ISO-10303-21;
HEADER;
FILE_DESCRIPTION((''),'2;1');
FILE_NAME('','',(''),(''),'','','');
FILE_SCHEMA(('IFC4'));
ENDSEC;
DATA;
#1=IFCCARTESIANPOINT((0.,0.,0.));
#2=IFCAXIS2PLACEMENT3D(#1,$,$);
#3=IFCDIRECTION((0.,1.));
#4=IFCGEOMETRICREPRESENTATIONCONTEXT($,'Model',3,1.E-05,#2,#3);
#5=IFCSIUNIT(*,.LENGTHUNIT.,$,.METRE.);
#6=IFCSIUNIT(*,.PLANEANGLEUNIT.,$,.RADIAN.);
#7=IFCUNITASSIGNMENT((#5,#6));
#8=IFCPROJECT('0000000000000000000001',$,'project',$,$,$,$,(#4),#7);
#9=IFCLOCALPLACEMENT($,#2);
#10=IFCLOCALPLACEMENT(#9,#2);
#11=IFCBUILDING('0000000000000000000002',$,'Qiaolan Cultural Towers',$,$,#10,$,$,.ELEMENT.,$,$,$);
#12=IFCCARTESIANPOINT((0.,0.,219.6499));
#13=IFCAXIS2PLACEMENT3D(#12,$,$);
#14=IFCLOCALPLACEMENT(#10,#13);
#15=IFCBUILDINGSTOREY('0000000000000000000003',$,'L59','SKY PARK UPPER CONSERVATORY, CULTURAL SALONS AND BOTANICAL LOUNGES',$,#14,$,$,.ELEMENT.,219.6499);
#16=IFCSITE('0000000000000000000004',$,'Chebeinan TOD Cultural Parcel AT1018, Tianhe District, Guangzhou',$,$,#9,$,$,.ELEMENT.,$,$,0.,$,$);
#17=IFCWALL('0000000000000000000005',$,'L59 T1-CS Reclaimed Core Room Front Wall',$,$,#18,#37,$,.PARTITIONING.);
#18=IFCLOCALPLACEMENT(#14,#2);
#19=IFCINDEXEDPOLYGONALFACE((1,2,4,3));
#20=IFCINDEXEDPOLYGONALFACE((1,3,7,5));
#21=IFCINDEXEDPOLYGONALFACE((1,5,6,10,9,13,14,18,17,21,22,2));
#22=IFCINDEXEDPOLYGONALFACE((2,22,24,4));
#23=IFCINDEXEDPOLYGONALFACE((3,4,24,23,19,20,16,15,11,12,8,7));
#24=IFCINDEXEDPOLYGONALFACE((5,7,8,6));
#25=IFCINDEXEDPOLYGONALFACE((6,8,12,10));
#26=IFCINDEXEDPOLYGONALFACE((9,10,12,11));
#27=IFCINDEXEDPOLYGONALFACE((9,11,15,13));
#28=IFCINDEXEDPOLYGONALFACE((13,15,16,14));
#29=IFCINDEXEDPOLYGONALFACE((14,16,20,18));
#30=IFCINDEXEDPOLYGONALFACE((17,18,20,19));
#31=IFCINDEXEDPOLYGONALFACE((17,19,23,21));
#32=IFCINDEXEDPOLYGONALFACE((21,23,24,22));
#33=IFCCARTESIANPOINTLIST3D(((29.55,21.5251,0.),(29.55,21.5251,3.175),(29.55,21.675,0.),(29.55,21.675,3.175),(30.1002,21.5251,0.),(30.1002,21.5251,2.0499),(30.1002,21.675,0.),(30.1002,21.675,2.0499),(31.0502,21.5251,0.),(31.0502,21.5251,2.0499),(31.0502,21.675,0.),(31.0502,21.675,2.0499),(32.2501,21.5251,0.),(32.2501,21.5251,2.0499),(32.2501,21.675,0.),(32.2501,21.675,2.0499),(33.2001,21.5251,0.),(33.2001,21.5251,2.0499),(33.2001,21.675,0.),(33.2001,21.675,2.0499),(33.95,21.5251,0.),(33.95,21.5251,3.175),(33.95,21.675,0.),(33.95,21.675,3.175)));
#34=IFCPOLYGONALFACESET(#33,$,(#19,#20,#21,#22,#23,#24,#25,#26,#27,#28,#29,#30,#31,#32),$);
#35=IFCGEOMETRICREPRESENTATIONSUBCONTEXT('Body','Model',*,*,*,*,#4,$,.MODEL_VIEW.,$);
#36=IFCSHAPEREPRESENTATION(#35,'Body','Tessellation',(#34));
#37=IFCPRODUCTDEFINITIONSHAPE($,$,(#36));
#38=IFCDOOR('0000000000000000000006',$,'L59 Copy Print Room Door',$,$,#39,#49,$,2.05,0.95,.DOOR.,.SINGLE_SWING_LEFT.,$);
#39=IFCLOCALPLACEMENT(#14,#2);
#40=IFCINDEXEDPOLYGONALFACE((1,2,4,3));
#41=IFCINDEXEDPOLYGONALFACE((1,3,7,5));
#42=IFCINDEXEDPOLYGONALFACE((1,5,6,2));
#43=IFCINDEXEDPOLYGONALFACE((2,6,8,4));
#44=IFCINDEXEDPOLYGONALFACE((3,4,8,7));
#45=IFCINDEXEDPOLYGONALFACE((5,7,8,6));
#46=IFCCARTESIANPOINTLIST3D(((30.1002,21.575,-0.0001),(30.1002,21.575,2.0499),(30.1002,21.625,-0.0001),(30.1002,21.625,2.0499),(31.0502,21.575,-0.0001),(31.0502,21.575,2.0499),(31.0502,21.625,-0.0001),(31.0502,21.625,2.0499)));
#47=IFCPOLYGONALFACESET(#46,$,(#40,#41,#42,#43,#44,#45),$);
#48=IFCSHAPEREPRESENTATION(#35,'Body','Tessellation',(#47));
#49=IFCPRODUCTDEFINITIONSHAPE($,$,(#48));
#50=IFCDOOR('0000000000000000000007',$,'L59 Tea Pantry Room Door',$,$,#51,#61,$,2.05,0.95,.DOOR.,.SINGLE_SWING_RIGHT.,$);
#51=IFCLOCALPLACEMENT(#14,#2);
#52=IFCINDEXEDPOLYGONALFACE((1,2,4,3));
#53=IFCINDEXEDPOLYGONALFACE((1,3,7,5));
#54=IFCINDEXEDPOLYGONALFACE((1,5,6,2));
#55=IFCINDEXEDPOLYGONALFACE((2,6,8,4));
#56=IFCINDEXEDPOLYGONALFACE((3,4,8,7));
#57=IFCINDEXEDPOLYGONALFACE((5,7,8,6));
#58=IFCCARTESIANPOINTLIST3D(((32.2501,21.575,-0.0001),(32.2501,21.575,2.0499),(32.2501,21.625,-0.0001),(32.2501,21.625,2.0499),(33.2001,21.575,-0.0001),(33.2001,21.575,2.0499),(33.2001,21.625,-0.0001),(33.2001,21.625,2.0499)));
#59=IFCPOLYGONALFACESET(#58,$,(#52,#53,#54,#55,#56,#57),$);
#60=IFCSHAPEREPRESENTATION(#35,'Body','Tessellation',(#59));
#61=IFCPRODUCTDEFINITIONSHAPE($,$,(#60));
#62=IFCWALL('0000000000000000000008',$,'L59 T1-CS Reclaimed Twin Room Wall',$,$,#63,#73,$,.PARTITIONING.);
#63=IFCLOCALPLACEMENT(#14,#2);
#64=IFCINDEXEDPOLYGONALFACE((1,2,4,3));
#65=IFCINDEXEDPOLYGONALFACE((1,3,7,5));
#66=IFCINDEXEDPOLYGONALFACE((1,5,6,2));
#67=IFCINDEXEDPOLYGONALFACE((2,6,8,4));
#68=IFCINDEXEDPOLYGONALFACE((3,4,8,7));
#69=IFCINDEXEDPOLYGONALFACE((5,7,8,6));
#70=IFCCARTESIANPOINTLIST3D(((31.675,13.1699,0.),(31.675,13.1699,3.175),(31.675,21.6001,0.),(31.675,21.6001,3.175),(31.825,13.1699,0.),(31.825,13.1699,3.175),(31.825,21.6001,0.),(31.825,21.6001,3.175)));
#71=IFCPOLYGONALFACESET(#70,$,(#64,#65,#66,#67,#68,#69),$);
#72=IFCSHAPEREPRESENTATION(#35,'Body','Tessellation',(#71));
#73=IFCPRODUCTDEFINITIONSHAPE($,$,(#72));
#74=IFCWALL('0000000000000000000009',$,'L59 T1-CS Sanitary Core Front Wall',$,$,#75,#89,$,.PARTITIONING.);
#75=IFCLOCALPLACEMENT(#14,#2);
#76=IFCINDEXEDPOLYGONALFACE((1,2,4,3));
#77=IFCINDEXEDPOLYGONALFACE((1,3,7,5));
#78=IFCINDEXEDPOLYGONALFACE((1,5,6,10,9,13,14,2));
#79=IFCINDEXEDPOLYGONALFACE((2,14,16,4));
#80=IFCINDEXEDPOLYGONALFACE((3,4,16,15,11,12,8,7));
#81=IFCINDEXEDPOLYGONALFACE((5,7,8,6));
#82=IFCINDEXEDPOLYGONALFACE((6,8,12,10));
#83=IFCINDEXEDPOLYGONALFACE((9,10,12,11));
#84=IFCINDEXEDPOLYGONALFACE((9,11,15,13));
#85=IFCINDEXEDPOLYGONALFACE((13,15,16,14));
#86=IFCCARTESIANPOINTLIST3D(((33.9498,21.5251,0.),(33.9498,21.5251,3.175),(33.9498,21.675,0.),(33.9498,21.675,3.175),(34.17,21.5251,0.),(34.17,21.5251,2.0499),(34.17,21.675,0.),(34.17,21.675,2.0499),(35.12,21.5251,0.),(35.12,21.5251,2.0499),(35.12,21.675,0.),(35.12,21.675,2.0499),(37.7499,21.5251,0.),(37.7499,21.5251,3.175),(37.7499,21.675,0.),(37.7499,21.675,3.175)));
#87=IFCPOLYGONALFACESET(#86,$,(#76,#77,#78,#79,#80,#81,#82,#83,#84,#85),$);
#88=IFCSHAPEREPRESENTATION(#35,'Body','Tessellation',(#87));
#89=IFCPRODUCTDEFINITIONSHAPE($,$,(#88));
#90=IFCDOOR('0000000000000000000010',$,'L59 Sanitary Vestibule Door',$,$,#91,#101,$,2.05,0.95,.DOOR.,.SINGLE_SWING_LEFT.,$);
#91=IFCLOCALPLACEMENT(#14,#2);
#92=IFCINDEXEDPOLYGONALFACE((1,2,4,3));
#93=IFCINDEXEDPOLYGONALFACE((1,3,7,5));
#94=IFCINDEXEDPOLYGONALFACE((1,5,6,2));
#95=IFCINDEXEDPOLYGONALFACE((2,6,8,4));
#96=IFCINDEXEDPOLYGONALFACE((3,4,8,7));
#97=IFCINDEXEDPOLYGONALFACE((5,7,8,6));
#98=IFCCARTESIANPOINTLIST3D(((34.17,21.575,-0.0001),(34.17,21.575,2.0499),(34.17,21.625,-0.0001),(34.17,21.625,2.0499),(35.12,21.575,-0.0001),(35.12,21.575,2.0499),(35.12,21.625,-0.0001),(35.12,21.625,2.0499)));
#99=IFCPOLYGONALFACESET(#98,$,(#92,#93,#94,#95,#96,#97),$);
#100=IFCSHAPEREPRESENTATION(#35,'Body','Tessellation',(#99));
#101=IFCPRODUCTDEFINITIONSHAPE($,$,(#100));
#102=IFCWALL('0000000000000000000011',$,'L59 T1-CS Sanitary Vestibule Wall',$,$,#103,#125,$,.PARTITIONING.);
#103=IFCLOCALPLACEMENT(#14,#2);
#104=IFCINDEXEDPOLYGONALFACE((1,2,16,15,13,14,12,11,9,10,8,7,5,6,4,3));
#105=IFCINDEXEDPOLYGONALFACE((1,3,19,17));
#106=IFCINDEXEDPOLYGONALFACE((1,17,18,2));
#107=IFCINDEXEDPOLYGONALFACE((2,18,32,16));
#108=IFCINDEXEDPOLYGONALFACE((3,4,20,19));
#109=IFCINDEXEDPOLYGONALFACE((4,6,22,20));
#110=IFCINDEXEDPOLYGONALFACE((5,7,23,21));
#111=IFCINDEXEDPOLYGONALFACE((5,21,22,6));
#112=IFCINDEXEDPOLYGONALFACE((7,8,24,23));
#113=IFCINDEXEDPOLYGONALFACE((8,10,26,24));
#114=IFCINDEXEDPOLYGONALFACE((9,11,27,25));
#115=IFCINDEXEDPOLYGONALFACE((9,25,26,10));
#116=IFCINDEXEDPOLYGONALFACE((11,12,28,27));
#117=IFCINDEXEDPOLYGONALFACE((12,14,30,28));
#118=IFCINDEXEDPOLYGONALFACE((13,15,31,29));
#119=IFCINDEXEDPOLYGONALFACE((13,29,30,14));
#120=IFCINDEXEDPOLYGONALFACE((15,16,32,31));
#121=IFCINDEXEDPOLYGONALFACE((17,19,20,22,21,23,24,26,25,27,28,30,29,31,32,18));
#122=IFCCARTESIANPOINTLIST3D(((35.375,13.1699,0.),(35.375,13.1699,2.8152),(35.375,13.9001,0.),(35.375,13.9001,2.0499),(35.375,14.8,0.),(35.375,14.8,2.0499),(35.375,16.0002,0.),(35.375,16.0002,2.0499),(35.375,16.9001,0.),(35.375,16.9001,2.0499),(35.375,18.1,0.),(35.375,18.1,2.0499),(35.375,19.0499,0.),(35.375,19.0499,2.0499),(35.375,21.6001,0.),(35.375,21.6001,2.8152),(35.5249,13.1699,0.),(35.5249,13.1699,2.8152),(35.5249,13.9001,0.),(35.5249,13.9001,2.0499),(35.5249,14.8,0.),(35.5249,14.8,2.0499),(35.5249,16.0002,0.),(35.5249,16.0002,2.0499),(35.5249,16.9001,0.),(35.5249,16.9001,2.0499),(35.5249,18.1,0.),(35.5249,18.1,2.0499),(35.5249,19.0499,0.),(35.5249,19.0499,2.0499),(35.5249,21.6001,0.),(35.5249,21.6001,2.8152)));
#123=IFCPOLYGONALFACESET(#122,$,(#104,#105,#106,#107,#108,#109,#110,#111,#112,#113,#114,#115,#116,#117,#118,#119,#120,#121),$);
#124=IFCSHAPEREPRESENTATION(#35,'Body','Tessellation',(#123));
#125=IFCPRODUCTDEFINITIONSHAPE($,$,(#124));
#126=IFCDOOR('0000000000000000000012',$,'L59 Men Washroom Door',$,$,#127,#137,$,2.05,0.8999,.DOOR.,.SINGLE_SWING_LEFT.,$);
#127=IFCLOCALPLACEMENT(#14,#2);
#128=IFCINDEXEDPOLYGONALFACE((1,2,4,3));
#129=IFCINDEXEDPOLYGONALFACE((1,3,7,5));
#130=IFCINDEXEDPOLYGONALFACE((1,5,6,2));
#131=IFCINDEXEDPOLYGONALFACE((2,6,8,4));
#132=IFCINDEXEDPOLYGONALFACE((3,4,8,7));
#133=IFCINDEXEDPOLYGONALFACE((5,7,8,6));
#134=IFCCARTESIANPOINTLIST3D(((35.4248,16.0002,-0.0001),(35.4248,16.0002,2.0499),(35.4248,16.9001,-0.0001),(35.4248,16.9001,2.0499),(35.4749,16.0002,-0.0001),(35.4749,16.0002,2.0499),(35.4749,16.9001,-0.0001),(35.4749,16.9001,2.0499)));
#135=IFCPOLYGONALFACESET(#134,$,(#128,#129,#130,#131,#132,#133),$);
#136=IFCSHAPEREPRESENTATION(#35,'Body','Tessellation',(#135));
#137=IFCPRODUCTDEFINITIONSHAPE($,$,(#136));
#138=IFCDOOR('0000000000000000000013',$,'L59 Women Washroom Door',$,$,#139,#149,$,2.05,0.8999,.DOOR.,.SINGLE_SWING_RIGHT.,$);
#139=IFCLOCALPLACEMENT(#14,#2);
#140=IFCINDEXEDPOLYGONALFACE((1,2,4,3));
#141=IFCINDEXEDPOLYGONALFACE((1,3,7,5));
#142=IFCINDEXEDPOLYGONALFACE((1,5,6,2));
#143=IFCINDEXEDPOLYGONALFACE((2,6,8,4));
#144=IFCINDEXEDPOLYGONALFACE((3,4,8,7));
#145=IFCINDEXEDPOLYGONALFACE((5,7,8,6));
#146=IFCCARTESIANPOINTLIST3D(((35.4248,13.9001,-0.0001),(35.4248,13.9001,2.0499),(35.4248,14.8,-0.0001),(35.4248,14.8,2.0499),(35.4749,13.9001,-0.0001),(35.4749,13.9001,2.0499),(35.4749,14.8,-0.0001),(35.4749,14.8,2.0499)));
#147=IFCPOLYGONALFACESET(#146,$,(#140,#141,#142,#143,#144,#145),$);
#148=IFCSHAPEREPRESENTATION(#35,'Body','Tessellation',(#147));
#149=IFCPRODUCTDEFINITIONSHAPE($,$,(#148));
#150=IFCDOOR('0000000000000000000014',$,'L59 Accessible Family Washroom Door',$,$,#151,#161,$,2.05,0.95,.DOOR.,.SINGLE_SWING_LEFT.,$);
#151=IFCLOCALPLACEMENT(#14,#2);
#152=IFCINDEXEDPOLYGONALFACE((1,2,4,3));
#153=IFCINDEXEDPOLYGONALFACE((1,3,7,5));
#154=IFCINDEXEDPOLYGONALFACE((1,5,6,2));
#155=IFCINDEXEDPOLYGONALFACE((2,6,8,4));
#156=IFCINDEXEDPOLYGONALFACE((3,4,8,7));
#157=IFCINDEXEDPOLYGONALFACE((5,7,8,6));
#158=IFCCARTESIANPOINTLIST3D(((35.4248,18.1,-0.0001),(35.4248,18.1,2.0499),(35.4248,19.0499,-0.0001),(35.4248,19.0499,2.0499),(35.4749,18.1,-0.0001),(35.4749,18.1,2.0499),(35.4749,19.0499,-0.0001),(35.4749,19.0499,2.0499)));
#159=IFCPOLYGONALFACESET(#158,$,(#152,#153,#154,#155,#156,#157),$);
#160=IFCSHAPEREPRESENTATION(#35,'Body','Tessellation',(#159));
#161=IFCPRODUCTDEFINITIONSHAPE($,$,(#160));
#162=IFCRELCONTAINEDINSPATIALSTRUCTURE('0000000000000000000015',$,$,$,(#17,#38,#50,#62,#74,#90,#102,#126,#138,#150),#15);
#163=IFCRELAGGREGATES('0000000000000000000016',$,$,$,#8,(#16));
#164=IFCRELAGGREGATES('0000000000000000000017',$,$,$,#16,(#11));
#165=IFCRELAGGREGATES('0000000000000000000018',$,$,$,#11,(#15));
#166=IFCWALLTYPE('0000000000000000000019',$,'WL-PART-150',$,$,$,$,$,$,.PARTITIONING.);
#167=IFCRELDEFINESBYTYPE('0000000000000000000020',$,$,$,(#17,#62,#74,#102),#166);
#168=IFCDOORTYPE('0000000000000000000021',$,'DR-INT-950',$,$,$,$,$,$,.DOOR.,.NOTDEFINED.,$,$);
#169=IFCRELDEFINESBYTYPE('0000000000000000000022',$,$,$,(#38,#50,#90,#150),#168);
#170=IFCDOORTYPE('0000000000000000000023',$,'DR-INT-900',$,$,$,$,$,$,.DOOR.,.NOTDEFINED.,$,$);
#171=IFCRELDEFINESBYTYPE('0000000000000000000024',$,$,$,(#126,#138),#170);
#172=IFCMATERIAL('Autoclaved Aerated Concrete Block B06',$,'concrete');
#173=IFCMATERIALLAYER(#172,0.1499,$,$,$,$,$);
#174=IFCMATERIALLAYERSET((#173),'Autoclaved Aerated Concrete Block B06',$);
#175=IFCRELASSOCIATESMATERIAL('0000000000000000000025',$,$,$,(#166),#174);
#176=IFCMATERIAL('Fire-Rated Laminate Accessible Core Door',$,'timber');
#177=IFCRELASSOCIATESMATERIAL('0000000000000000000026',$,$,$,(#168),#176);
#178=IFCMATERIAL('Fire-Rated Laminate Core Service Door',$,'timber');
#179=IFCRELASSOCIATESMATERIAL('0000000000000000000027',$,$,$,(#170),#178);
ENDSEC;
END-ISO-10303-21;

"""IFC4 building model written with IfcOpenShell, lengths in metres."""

from ifc_helpers import new_model, si_unit, direction, frame, frame_2d, origin, place, context, subcontext, project, spatial, rectangle, extrude, material, layer, layer_set, type_object, element, fill, save


model = new_model("IFC4")

# Units and contexts
model_context = context("Model", 3, precision=1e-05, world=origin(), true_north=direction((0.0, 1.0)))
body_context = subcontext(model_context, "Body", "Model", "MODEL_VIEW")
ifc_project = project(units=[si_unit("LENGTHUNIT", "METRE"), si_unit("PLANEANGLEUNIT", "RADIAN")], contexts=[model_context])

# Site, building, storey
site_placement = place(None, origin())
site = spatial("IfcSite", under=ifc_project, at=site_placement, Name="Chebeinan TOD Cultural Parcel AT1018, Tianhe District, Guangzhou", CompositionType="ELEMENT", RefElevation=0.0)
building_placement = place(site_placement, origin())
building = spatial("IfcBuilding", under=site, at=building_placement, Name="Qiaolan Cultural Towers", CompositionType="ELEMENT")
storey_placement = place(building_placement, frame((0.0, 0.0, 219.6499)))
storey = spatial("IfcBuildingStorey", under=building, at=storey_placement, Name="L59", Description="SKY PARK UPPER CONSERVATORY, CULTURAL SALONS AND BOTANICAL LOUNGES", CompositionType="ELEMENT", Elevation=219.6499)

# Wall, openings, doors
ifc_material_1 = material(Name="Autoclaved Aerated Concrete Block B06", Category="concrete")
ifc_layer_1 = layer(ifc_material_1, 0.1499)
ifc_layer_set_1 = layer_set([ifc_layer_1], Name="Autoclaved Aerated Concrete Block B06")
wall_type_1 = type_object("IfcWallType", Name="WL-PART-150", PredefinedType="PARTITIONING", material=ifc_layer_set_1)
wall_1_placement = place(storey_placement, frame((29.55, 21.6001, 0.0), z_axis=(0.0, 0.0, 1.0), x_axis=(1.0, 0.0, 0.0)))
wall_1 = element("IfcWall", 1, at=wall_1_placement, inside=storey, type_object=wall_type_1, Name="L59 T1-CS Reclaimed Core Room Front Wall", PredefinedType="PARTITIONING", context=body_context, shape_type="SweptSolid", body=[
    extrude(rectangle(XDim=4.3999, YDim=0.1499, at=frame_2d((2.2, 0.0))), origin(), (0.0, 0.0, 1.0), 3.175),
])
opening_1_placement = place(wall_1_placement, frame((0.55, 0.0, 0.0)))
opening_1 = element("IfcOpeningElement", 2, at=opening_1_placement, cuts=wall_1, PredefinedType="OPENING", context=body_context, shape_type="SweptSolid", body=[
    extrude(rectangle(XDim=0.95, YDim=2.05, at=frame_2d((0.4751, 1.0249))), frame((0.0, 0.085, 0.0), z_axis=(0.0, -1.0, 0.0), x_axis=(1.0, 0.0, 0.0)), (0.0, 0.0, 1.0), 0.1699),
])
opening_2_placement = place(wall_1_placement, frame((2.7, 0.0, 0.0)))
opening_2 = element("IfcOpeningElement", 3, at=opening_2_placement, cuts=wall_1, PredefinedType="OPENING", context=body_context, shape_type="SweptSolid", body=[
    extrude(rectangle(XDim=0.95, YDim=2.05, at=frame_2d((0.4751, 1.0249))), frame((0.0, 0.085, 0.0), z_axis=(0.0, -1.0, 0.0), x_axis=(1.0, 0.0, 0.0)), (0.0, 0.0, 1.0), 0.1699),
])
ifc_material_2 = material(Name="Fire-Rated Laminate Accessible Core Door", Category="timber")
door_type_1 = type_object("IfcDoorType", Name="DR-INT-950", OperationType="NOTDEFINED", PredefinedType="DOOR", material=ifc_material_2)
door_1_placement = place(opening_1_placement, origin())
door_1 = element("IfcDoor", 4, at=door_1_placement, inside=storey, type_object=door_type_1, Name="L59 Copy Print Room Door", OperationType="SINGLE_SWING_LEFT", OverallHeight=2.05, OverallWidth=0.95, PredefinedType="DOOR", context=body_context, shape_type="SweptSolid", body=[
    extrude(rectangle(XDim=0.95, YDim=2.05, at=frame_2d((0.4751, 1.0249))), frame((0.0, 0.0249, 0.0), z_axis=(0.0, -1.0, 0.0), x_axis=(1.0, 0.0, 0.0)), (0.0, 0.0, 1.0), 0.05),
])
fill(opening_1, door_1)
door_2_placement = place(opening_2_placement, origin())
door_2 = element("IfcDoor", 5, at=door_2_placement, inside=storey, type_object=door_type_1, Name="L59 Tea Pantry Room Door", OperationType="SINGLE_SWING_RIGHT", OverallHeight=2.05, OverallWidth=0.95, PredefinedType="DOOR", context=body_context, shape_type="SweptSolid", body=[
    extrude(rectangle(XDim=0.95, YDim=2.05, at=frame_2d((0.4751, 1.0249))), frame((0.0, 0.0249, 0.0), z_axis=(0.0, -1.0, 0.0), x_axis=(1.0, 0.0, 0.0)), (0.0, 0.0, 1.0), 0.05),
])
fill(opening_2, door_2)

# Wall
wall_2_placement = place(storey_placement, frame((31.75, 21.6001, 0.0), z_axis=(0.0, 0.0, 1.0), x_axis=(0.0, -1.0, 0.0)))
element("IfcWall", 6, at=wall_2_placement, inside=storey, type_object=wall_type_1, Name="L59 T1-CS Reclaimed Twin Room Wall", PredefinedType="PARTITIONING", context=body_context, shape_type="SweptSolid", body=[
    extrude(rectangle(XDim=8.4302, YDim=0.1499, at=frame_2d((4.2151, 0.0))), origin(), (0.0, 0.0, 1.0), 3.175),
])

# Wall, opening, door
wall_3_placement = place(storey_placement, frame((33.95, 21.6001, 0.0), z_axis=(0.0, 0.0, 1.0), x_axis=(1.0, 0.0, 0.0)))
wall_3 = element("IfcWall", 7, at=wall_3_placement, inside=storey, type_object=wall_type_1, Name="L59 T1-CS Sanitary Core Front Wall", PredefinedType="PARTITIONING", context=body_context, shape_type="SweptSolid", body=[
    extrude(rectangle(XDim=3.8, YDim=0.1499, at=frame_2d((1.8999, 0.0))), origin(), (0.0, 0.0, 1.0), 3.175),
])
opening_3_placement = place(wall_3_placement, frame((0.22, 0.0, 0.0)))
opening_3 = element("IfcOpeningElement", 8, at=opening_3_placement, cuts=wall_3, PredefinedType="OPENING", context=body_context, shape_type="SweptSolid", body=[
    extrude(rectangle(XDim=0.95, YDim=2.05, at=frame_2d((0.4751, 1.0249))), frame((0.0, 0.085, 0.0), z_axis=(0.0, -1.0, 0.0), x_axis=(1.0, 0.0, 0.0)), (0.0, 0.0, 1.0), 0.1699),
])
door_3_placement = place(opening_3_placement, origin())
door_3 = element("IfcDoor", 9, at=door_3_placement, inside=storey, type_object=door_type_1, Name="L59 Sanitary Vestibule Door", OperationType="SINGLE_SWING_LEFT", OverallHeight=2.05, OverallWidth=0.95, PredefinedType="DOOR", context=body_context, shape_type="SweptSolid", body=[
    extrude(rectangle(XDim=0.95, YDim=2.05, at=frame_2d((0.4751, 1.0249))), frame((0.0, 0.0249, 0.0), z_axis=(0.0, -1.0, 0.0), x_axis=(1.0, 0.0, 0.0)), (0.0, 0.0, 1.0), 0.05),
])
fill(opening_3, door_3)

# Wall, openings, doors
wall_4_placement = place(storey_placement, frame((35.45, 21.6001, 0.0), z_axis=(0.0, 0.0, 1.0), x_axis=(0.0, -1.0, 0.0)))
wall_4 = element("IfcWall", 10, at=wall_4_placement, inside=storey, type_object=wall_type_1, Name="L59 T1-CS Sanitary Vestibule Wall", PredefinedType="PARTITIONING", context=body_context, shape_type="SweptSolid", body=[
    extrude(rectangle(XDim=8.4302, YDim=0.1499, at=frame_2d((4.2151, 0.0))), origin(), (0.0, 0.0, 1.0), 2.8152),
])
opening_4_placement = place(wall_4_placement, frame((2.55, 0.0, 0.0)))
opening_4 = element("IfcOpeningElement", 11, at=opening_4_placement, cuts=wall_4, PredefinedType="OPENING", context=body_context, shape_type="SweptSolid", body=[
    extrude(rectangle(XDim=0.95, YDim=2.05, at=frame_2d((0.4751, 1.0249))), frame((0.0, 0.085, 0.0), z_axis=(0.0, -1.0, 0.0), x_axis=(1.0, 0.0, 0.0)), (0.0, 0.0, 1.0), 0.1699),
])
opening_5_placement = place(wall_4_placement, frame((4.7, 0.0, 0.0)))
opening_5 = element("IfcOpeningElement", 12, at=opening_5_placement, cuts=wall_4, PredefinedType="OPENING", context=body_context, shape_type="SweptSolid", body=[
    extrude(rectangle(XDim=0.8999, YDim=2.05, at=frame_2d((0.45, 1.0249))), frame((0.0, 0.085, 0.0), z_axis=(0.0, -1.0, 0.0), x_axis=(1.0, 0.0, 0.0)), (0.0, 0.0, 1.0), 0.1699),
])
opening_6_placement = place(wall_4_placement, frame((6.8, 0.0, 0.0)))
opening_6 = element("IfcOpeningElement", 13, at=opening_6_placement, cuts=wall_4, PredefinedType="OPENING", context=body_context, shape_type="SweptSolid", body=[
    extrude(rectangle(XDim=0.8999, YDim=2.05, at=frame_2d((0.45, 1.0249))), frame((0.0, 0.085, 0.0), z_axis=(0.0, -1.0, 0.0), x_axis=(1.0, 0.0, 0.0)), (0.0, 0.0, 1.0), 0.1699),
])
ifc_material_3 = material(Name="Fire-Rated Laminate Core Service Door", Category="timber")
door_type_2 = type_object("IfcDoorType", Name="DR-INT-900", OperationType="NOTDEFINED", PredefinedType="DOOR", material=ifc_material_3)
door_4_placement = place(opening_5_placement, origin())
door_4 = element("IfcDoor", 14, at=door_4_placement, inside=storey, type_object=door_type_2, Name="L59 Men Washroom Door", OperationType="SINGLE_SWING_LEFT", OverallHeight=2.05, OverallWidth=0.8999, PredefinedType="DOOR", context=body_context, shape_type="SweptSolid", body=[
    extrude(rectangle(XDim=0.8999, YDim=2.05, at=frame_2d((0.45, 1.0249))), frame((0.0, 0.0249, 0.0), z_axis=(0.0, -1.0, 0.0), x_axis=(1.0, 0.0, 0.0)), (0.0, 0.0, 1.0), 0.05),
])
fill(opening_5, door_4)
door_5_placement = place(opening_6_placement, origin())
door_5 = element("IfcDoor", 15, at=door_5_placement, inside=storey, type_object=door_type_2, Name="L59 Women Washroom Door", OperationType="SINGLE_SWING_RIGHT", OverallHeight=2.05, OverallWidth=0.8999, PredefinedType="DOOR", context=body_context, shape_type="SweptSolid", body=[
    extrude(rectangle(XDim=0.8999, YDim=2.05, at=frame_2d((0.45, 1.0249))), frame((0.0, 0.0249, 0.0), z_axis=(0.0, -1.0, 0.0), x_axis=(1.0, 0.0, 0.0)), (0.0, 0.0, 1.0), 0.05),
])
fill(opening_6, door_5)
door_6_placement = place(opening_4_placement, origin())
door_6 = element("IfcDoor", 16, at=door_6_placement, inside=storey, type_object=door_type_1, Name="L59 Accessible Family Washroom Door", OperationType="SINGLE_SWING_LEFT", OverallHeight=2.05, OverallWidth=0.95, PredefinedType="DOOR", context=body_context, shape_type="SweptSolid", body=[
    extrude(rectangle(XDim=0.95, YDim=2.05, at=frame_2d((0.4751, 1.0249))), frame((0.0, 0.0249, 0.0), z_axis=(0.0, -1.0, 0.0), x_axis=(1.0, 0.0, 0.0)), (0.0, 0.0, 1.0), 0.05),
])
fill(opening_4, door_6)

save(model, "model.ifc")
